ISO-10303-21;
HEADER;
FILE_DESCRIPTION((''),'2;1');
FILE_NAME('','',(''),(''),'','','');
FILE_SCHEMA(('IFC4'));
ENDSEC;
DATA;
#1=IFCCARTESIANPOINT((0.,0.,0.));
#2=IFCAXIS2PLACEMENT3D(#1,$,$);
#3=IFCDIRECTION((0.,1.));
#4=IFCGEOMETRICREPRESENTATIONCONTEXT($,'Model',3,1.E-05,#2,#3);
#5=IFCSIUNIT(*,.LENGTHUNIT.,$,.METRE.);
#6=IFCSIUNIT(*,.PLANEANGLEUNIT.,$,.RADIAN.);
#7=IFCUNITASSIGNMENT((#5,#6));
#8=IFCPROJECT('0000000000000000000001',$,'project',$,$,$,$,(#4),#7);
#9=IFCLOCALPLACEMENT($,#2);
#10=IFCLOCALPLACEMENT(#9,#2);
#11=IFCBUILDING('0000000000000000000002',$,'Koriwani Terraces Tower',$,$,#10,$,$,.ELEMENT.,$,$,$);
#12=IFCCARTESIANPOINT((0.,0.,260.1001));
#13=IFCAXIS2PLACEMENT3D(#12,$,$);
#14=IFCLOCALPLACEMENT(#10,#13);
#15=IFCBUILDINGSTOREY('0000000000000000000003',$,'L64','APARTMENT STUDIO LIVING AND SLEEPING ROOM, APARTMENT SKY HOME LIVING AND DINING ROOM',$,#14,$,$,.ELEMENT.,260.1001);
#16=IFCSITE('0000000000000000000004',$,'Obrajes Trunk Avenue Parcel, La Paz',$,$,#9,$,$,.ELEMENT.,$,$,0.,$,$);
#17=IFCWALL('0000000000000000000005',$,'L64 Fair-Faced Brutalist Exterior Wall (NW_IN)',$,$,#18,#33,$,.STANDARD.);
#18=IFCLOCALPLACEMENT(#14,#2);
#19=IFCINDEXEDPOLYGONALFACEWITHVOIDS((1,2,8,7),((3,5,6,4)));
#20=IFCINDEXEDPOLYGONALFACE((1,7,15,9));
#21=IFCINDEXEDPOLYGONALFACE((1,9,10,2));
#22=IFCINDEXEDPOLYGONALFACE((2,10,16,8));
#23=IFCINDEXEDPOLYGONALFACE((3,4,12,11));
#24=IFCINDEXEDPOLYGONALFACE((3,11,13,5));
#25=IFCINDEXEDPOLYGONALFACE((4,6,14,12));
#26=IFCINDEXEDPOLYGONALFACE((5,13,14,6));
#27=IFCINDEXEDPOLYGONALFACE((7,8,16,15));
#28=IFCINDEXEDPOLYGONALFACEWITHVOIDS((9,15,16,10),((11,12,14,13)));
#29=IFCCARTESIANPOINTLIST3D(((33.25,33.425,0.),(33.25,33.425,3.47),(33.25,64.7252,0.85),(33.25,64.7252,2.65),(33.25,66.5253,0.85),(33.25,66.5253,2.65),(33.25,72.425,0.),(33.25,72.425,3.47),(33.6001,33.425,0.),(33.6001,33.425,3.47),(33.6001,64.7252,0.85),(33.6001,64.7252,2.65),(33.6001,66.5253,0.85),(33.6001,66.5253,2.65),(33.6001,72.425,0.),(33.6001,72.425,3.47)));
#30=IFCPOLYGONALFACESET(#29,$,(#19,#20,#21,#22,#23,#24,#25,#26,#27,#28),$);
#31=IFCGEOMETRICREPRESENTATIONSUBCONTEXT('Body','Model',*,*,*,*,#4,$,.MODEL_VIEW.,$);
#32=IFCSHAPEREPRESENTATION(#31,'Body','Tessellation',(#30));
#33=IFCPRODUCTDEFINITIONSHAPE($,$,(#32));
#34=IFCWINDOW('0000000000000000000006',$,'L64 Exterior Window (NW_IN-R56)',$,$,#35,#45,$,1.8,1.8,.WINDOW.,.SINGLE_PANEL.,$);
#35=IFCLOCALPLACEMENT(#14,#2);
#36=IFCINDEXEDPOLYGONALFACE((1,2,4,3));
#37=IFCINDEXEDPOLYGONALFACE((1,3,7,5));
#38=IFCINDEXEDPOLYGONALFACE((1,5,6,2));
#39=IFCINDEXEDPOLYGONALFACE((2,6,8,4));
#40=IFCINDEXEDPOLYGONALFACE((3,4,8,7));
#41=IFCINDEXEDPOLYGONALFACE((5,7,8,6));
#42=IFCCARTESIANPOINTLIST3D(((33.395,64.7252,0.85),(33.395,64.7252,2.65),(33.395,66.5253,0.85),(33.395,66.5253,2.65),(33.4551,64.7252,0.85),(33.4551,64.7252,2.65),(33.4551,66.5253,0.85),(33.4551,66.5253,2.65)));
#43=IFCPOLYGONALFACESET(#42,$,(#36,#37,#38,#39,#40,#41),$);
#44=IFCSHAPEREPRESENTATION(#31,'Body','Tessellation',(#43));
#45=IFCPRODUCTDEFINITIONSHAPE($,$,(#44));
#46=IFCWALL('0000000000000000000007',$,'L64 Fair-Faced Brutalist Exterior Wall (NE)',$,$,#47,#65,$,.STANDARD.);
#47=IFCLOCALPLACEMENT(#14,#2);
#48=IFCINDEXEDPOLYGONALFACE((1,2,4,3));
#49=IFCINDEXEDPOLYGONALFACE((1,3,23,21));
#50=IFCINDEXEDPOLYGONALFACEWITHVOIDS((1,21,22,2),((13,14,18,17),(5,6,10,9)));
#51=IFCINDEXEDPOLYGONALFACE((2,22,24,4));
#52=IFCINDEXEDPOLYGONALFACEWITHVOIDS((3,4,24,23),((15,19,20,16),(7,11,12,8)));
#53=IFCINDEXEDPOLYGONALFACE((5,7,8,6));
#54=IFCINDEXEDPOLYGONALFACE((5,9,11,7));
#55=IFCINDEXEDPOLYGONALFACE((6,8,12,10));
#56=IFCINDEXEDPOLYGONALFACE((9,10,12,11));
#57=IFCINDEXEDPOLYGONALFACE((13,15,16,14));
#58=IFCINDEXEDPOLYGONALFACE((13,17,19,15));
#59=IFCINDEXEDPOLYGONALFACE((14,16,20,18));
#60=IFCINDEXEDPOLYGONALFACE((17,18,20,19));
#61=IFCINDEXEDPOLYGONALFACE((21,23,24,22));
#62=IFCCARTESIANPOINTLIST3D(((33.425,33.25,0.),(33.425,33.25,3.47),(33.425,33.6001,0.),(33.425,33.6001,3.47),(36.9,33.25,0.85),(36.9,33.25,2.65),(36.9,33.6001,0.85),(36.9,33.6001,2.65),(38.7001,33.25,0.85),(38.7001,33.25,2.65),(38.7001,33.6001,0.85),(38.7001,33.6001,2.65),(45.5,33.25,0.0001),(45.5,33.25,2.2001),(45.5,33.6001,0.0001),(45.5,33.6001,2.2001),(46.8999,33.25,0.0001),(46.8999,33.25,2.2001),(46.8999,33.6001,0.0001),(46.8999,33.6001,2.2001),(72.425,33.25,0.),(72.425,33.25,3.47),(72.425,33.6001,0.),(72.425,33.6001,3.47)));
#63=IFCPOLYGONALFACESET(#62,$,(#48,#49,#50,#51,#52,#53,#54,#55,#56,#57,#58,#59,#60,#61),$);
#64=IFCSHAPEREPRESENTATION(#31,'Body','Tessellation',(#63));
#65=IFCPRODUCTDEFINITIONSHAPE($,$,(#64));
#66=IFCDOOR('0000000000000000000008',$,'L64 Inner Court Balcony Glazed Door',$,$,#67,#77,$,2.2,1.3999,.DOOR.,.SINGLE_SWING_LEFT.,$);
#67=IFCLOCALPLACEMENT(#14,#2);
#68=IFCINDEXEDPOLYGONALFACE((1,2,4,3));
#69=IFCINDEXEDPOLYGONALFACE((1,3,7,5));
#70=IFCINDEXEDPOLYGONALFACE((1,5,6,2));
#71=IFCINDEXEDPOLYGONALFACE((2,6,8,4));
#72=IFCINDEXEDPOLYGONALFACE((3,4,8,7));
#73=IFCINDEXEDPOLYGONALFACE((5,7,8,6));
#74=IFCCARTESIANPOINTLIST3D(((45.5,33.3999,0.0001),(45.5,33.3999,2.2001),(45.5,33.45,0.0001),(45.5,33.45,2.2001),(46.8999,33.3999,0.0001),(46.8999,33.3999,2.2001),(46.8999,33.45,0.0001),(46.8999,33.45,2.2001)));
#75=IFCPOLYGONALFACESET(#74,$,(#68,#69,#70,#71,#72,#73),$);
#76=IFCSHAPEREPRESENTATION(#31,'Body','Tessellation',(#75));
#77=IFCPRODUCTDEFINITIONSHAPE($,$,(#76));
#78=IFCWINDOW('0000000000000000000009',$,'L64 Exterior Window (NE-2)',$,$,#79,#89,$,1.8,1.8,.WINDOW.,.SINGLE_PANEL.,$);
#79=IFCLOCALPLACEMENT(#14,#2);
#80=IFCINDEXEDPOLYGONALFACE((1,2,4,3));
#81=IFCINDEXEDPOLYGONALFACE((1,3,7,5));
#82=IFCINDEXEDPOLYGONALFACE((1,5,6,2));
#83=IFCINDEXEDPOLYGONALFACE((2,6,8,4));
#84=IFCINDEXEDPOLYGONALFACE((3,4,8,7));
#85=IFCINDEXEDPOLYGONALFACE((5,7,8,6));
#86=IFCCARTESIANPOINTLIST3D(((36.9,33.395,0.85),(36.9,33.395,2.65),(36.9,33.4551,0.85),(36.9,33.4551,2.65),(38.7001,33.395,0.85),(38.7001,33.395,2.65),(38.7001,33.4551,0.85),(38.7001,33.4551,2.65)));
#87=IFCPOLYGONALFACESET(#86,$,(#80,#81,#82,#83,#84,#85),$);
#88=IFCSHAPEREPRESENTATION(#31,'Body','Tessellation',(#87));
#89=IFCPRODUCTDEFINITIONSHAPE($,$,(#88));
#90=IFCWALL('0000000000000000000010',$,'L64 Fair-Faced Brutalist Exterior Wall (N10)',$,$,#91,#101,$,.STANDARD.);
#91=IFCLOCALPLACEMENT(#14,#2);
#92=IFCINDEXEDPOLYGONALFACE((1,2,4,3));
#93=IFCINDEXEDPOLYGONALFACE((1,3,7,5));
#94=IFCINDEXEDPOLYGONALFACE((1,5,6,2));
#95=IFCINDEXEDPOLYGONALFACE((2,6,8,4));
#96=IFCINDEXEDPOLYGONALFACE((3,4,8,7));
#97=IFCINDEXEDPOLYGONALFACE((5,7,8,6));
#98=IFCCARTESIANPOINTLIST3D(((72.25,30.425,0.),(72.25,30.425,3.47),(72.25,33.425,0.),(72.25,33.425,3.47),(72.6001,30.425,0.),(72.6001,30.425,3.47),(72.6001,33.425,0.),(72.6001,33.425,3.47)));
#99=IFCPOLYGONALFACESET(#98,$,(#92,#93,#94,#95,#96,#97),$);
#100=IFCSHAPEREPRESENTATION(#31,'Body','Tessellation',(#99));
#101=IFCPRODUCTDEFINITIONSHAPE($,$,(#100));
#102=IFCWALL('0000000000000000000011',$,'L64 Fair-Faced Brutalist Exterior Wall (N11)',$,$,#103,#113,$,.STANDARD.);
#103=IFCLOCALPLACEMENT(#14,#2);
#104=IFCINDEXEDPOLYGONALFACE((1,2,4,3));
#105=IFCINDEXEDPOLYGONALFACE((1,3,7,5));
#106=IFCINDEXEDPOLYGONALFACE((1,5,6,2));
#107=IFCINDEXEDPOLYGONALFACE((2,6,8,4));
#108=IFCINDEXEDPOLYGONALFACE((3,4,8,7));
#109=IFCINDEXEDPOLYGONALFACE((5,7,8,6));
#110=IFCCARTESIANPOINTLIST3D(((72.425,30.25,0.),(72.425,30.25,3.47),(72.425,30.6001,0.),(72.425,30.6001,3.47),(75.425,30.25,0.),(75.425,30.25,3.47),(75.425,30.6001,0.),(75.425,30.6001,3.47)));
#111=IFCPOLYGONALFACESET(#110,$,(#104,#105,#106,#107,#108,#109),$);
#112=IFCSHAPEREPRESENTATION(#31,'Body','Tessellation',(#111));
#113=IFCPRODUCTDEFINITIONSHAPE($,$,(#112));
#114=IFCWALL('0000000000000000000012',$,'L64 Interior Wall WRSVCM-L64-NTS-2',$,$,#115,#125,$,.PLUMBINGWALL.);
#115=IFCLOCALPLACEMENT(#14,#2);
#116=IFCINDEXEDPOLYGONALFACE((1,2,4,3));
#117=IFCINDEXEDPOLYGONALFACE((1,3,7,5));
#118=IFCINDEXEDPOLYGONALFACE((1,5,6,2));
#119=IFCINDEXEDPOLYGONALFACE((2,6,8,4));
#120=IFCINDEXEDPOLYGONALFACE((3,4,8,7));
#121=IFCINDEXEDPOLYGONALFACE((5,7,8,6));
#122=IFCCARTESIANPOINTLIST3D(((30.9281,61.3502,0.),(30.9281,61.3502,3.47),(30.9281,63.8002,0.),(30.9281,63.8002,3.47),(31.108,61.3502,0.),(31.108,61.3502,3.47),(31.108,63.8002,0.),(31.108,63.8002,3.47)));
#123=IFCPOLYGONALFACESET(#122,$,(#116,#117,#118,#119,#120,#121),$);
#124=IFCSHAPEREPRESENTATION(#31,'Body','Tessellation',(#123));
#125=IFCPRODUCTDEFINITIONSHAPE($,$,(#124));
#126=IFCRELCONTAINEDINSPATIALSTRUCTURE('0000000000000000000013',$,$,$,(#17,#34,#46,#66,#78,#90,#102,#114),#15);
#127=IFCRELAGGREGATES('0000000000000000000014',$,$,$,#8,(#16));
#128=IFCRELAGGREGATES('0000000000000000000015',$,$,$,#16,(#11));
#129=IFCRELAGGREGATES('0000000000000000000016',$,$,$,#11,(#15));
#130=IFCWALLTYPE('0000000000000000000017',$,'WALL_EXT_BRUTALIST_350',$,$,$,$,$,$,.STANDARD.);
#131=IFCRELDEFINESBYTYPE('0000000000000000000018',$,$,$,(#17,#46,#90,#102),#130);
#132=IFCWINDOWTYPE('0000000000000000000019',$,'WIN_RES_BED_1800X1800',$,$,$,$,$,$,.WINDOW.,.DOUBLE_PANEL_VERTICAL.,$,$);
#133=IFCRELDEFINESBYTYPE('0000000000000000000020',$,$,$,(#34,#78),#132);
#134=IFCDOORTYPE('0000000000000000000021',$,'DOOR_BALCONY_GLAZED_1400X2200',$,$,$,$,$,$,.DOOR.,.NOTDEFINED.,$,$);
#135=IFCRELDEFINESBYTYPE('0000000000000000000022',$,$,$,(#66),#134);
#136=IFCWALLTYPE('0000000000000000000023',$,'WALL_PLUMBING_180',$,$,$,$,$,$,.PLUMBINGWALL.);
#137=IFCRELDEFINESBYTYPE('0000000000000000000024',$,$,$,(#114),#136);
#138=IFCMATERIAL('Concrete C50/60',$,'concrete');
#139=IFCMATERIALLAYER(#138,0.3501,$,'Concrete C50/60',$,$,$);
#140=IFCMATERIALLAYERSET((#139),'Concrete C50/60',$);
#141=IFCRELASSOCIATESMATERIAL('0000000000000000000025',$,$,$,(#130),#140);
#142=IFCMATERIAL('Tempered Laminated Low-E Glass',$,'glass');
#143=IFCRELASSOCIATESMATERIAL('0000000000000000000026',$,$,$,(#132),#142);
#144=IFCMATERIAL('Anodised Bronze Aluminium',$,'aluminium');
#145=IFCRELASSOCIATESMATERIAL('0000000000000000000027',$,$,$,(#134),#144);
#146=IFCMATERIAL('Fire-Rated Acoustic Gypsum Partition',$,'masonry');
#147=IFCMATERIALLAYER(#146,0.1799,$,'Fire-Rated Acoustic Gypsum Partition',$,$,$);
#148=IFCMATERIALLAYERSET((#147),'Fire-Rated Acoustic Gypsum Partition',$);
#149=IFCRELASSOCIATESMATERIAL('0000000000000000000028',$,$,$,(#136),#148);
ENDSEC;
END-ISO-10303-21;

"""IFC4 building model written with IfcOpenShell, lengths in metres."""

from ifc_helpers import new_model, si_unit, direction, frame, frame_2d, origin, place, context, subcontext, project, spatial, rectangle, extrude, material, layer, layer_set, type_object, element, fill, save


model = new_model("IFC4")

# Units and contexts
model_context = context("Model", 3, precision=1e-05, world=origin(), true_north=direction((0.0, 1.0)))
body_context = subcontext(model_context, "Body", "Model", "MODEL_VIEW")
ifc_project = project(units=[si_unit("LENGTHUNIT", "METRE"), si_unit("PLANEANGLEUNIT", "RADIAN")], contexts=[model_context])

# Site, building, storey
site_placement = place(None, origin())
site = spatial("IfcSite", under=ifc_project, at=site_placement, Name="Obrajes Trunk Avenue Parcel, La Paz", CompositionType="ELEMENT", RefElevation=0.0)
building_placement = place(site_placement, origin())
building = spatial("IfcBuilding", under=site, at=building_placement, Name="Koriwani Terraces Tower", CompositionType="ELEMENT")
storey_placement = place(building_placement, frame((0.0, 0.0, 260.1001)))
storey = spatial("IfcBuildingStorey", under=building, at=storey_placement, Name="L64", Description="APARTMENT STUDIO LIVING AND SLEEPING ROOM, APARTMENT SKY HOME LIVING AND DINING ROOM", CompositionType="ELEMENT", Elevation=260.1001)

# Shared definitions
ifc_material_1 = material(Name="Concrete C50/60", Category="concrete")

# Shared definitions
ifc_material_2 = material(Name="Anodised Bronze Aluminium", Category="aluminium")

# Wall, opening, window
ifc_layer_1 = layer(ifc_material_1, 0.3501, Name="Concrete C50/60")
ifc_layer_set_1 = layer_set([ifc_layer_1], Name="Concrete C50/60")
wall_type_1 = type_object("IfcWallType", Name="WALL_EXT_BRUTALIST_350", PredefinedType="STANDARD", material=ifc_layer_set_1)
wall_1_placement = place(storey_placement, frame((33.425, 72.425, 0.0), z_axis=(0.0, 0.0, 1.0), x_axis=(0.0, -1.0, 0.0)))
wall_1 = element("IfcWall", 1, at=wall_1_placement, inside=storey, type_object=wall_type_1, Name="L64 Fair-Faced Brutalist Exterior Wall (NW_IN)", PredefinedType="STANDARD", context=body_context, shape_type="SweptSolid", body=[
    extrude(rectangle(XDim=39.0, YDim=0.3501, at=frame_2d((19.5, 0.0))), origin(), (0.0, 0.0, 1.0), 3.47),
])
opening_1_placement = place(wall_1_placement, frame((5.8999, 0.0, 0.8501)))
opening_1 = element("IfcOpeningElement", 2, at=opening_1_placement, cuts=wall_1, PredefinedType="OPENING", context=body_context, shape_type="SweptSolid", body=[
    extrude(rectangle(XDim=1.8, YDim=1.8, at=frame_2d((0.8999, 0.8999))), frame((0.0, 0.1851, 0.0), z_axis=(0.0, -1.0, 0.0), x_axis=(1.0, 0.0, 0.0)), (0.0, 0.0, 1.0), 0.3701),
])
ifc_material_3 = material(Name="Tempered Laminated Low-E Glass", Category="glass")
window_type = type_object("IfcWindowType", Name="WIN_RES_BED_1800X1800", PartitioningType="DOUBLE_PANEL_VERTICAL", PredefinedType="WINDOW", material=ifc_material_3)
window_1_placement = place(opening_1_placement, origin())
window_1 = element("IfcWindow", 3, at=window_1_placement, inside=storey, type_object=window_type, Name="L64 Exterior Window (NW_IN-R56)", OverallHeight=1.8, OverallWidth=1.8, PartitioningType="SINGLE_PANEL", PredefinedType="WINDOW", context=body_context, shape_type="SweptSolid", body=[
    extrude(rectangle(XDim=1.8, YDim=1.8, at=frame_2d((0.8999, 0.8999))), frame((0.0, 0.03, 0.0), z_axis=(0.0, -1.0, 0.0), x_axis=(1.0, 0.0, 0.0)), (0.0, 0.0, 1.0), 0.0601),
])
fill(opening_1, window_1)

# Wall, openings, door, window
wall_2_placement = place(storey_placement, frame((33.425, 33.425, 0.0), z_axis=(0.0, 0.0, 1.0), x_axis=(1.0, 0.0, 0.0)))
wall_2 = element("IfcWall", 4, at=wall_2_placement, inside=storey, type_object=wall_type_1, Name="L64 Fair-Faced Brutalist Exterior Wall (NE)", PredefinedType="STANDARD", context=body_context, shape_type="SweptSolid", body=[
    extrude(rectangle(XDim=39.0, YDim=0.3501, at=frame_2d((19.5, 0.0))), origin(), (0.0, 0.0, 1.0), 3.47),
])
opening_2_placement = place(wall_2_placement, frame((12.075, 0.0, 0.0)))
opening_2 = element("IfcOpeningElement", 5, at=opening_2_placement, cuts=wall_2, PredefinedType="OPENING", context=body_context, shape_type="SweptSolid", body=[
    extrude(rectangle(XDim=1.3999, YDim=2.2, at=frame_2d((0.7, 1.1001))), frame((0.0, 0.1851, 0.0), z_axis=(0.0, -1.0, 0.0), x_axis=(1.0, 0.0, 0.0)), (0.0, 0.0, 1.0), 0.3701),
])
opening_3_placement = place(wall_2_placement, frame((3.4751, 0.0, 0.8501)))
opening_3 = element("IfcOpeningElement", 6, at=opening_3_placement, cuts=wall_2, PredefinedType="OPENING", context=body_context, shape_type="SweptSolid", body=[
    extrude(rectangle(XDim=1.8, YDim=1.8, at=frame_2d((0.8999, 0.8999))), frame((0.0, 0.1851, 0.0), z_axis=(0.0, -1.0, 0.0), x_axis=(1.0, 0.0, 0.0)), (0.0, 0.0, 1.0), 0.3701),
])
door_type = type_object("IfcDoorType", Name="DOOR_BALCONY_GLAZED_1400X2200", OperationType="NOTDEFINED", PredefinedType="DOOR", material=ifc_material_2)
door_placement = place(opening_2_placement, origin())
door = element("IfcDoor", 7, at=door_placement, inside=storey, type_object=door_type, Name="L64 Inner Court Balcony Glazed Door", OperationType="SINGLE_SWING_LEFT", OverallHeight=2.2, OverallWidth=1.3999, PredefinedType="DOOR", context=body_context, shape_type="SweptSolid", body=[
    extrude(rectangle(XDim=1.3999, YDim=2.2, at=frame_2d((0.7, 1.1001))), frame((0.0, 0.0249, 0.0), z_axis=(0.0, -1.0, 0.0), x_axis=(1.0, 0.0, 0.0)), (0.0, 0.0, 1.0), 0.05),
])
fill(opening_2, door)
window_2_placement = place(opening_3_placement, origin())
window_2 = element("IfcWindow", 8, at=window_2_placement, inside=storey, type_object=window_type, Name="L64 Exterior Window (NE-2)", OverallHeight=1.8, OverallWidth=1.8, PartitioningType="SINGLE_PANEL", PredefinedType="WINDOW", context=body_context, shape_type="SweptSolid", body=[
    extrude(rectangle(XDim=1.8, YDim=1.8, at=frame_2d((0.8999, 0.8999))), frame((0.0, 0.03, 0.0), z_axis=(0.0, -1.0, 0.0), x_axis=(1.0, 0.0, 0.0)), (0.0, 0.0, 1.0), 0.0601),
])
fill(opening_3, window_2)

# Walls
for number, where, z_axis, x_axis, name in (
    (9, (72.425, 33.425, 0.0), (0.0, 0.0, 1.0), (0.0, -1.0, 0.0), "L64 Fair-Faced Brutalist Exterior Wall (N10)"),
    (10, (72.425, 30.425, 0.0), (0.0, 0.0, 1.0), (1.0, 0.0, 0.0), "L64 Fair-Faced Brutalist Exterior Wall (N11)"),
):
    element("IfcWall", number, at=place(storey_placement, frame(where, z_axis=z_axis, x_axis=x_axis)), inside=storey, type_object=wall_type_1, Name=name, PredefinedType="STANDARD", context=body_context, shape_type="SweptSolid", body=[
        extrude(rectangle(XDim=3.0, YDim=0.3501, at=frame_2d((1.5, 0.0))), origin(), (0.0, 0.0, 1.0), 3.47),
    ])
ifc_material_4 = material(Name="Fire-Rated Acoustic Gypsum Partition", Category="masonry")
ifc_layer_2 = layer(ifc_material_4, 0.1799, Name="Fire-Rated Acoustic Gypsum Partition")
ifc_layer_set_2 = layer_set([ifc_layer_2], Name="Fire-Rated Acoustic Gypsum Partition")
wall_type_2 = type_object("IfcWallType", Name="WALL_PLUMBING_180", PredefinedType="PLUMBINGWALL", material=ifc_layer_set_2)
wall_3_placement = place(storey_placement, frame((31.0181, 61.3501, 0.0), z_axis=(0.0, 0.0, 1.0), x_axis=(0.0, 1.0, 0.0)))
element("IfcWall", 11, at=wall_3_placement, inside=storey, type_object=wall_type_2, Name="L64 Interior Wall WRSVCM-L64-NTS-2", PredefinedType="PLUMBINGWALL", context=body_context, shape_type="SweptSolid", body=[
    extrude(rectangle(XDim=2.45, YDim=0.1799, at=frame_2d((1.2251, 0.0))), origin(), (0.0, 0.0, 1.0), 3.47),
])

save(model, "model.ifc")
